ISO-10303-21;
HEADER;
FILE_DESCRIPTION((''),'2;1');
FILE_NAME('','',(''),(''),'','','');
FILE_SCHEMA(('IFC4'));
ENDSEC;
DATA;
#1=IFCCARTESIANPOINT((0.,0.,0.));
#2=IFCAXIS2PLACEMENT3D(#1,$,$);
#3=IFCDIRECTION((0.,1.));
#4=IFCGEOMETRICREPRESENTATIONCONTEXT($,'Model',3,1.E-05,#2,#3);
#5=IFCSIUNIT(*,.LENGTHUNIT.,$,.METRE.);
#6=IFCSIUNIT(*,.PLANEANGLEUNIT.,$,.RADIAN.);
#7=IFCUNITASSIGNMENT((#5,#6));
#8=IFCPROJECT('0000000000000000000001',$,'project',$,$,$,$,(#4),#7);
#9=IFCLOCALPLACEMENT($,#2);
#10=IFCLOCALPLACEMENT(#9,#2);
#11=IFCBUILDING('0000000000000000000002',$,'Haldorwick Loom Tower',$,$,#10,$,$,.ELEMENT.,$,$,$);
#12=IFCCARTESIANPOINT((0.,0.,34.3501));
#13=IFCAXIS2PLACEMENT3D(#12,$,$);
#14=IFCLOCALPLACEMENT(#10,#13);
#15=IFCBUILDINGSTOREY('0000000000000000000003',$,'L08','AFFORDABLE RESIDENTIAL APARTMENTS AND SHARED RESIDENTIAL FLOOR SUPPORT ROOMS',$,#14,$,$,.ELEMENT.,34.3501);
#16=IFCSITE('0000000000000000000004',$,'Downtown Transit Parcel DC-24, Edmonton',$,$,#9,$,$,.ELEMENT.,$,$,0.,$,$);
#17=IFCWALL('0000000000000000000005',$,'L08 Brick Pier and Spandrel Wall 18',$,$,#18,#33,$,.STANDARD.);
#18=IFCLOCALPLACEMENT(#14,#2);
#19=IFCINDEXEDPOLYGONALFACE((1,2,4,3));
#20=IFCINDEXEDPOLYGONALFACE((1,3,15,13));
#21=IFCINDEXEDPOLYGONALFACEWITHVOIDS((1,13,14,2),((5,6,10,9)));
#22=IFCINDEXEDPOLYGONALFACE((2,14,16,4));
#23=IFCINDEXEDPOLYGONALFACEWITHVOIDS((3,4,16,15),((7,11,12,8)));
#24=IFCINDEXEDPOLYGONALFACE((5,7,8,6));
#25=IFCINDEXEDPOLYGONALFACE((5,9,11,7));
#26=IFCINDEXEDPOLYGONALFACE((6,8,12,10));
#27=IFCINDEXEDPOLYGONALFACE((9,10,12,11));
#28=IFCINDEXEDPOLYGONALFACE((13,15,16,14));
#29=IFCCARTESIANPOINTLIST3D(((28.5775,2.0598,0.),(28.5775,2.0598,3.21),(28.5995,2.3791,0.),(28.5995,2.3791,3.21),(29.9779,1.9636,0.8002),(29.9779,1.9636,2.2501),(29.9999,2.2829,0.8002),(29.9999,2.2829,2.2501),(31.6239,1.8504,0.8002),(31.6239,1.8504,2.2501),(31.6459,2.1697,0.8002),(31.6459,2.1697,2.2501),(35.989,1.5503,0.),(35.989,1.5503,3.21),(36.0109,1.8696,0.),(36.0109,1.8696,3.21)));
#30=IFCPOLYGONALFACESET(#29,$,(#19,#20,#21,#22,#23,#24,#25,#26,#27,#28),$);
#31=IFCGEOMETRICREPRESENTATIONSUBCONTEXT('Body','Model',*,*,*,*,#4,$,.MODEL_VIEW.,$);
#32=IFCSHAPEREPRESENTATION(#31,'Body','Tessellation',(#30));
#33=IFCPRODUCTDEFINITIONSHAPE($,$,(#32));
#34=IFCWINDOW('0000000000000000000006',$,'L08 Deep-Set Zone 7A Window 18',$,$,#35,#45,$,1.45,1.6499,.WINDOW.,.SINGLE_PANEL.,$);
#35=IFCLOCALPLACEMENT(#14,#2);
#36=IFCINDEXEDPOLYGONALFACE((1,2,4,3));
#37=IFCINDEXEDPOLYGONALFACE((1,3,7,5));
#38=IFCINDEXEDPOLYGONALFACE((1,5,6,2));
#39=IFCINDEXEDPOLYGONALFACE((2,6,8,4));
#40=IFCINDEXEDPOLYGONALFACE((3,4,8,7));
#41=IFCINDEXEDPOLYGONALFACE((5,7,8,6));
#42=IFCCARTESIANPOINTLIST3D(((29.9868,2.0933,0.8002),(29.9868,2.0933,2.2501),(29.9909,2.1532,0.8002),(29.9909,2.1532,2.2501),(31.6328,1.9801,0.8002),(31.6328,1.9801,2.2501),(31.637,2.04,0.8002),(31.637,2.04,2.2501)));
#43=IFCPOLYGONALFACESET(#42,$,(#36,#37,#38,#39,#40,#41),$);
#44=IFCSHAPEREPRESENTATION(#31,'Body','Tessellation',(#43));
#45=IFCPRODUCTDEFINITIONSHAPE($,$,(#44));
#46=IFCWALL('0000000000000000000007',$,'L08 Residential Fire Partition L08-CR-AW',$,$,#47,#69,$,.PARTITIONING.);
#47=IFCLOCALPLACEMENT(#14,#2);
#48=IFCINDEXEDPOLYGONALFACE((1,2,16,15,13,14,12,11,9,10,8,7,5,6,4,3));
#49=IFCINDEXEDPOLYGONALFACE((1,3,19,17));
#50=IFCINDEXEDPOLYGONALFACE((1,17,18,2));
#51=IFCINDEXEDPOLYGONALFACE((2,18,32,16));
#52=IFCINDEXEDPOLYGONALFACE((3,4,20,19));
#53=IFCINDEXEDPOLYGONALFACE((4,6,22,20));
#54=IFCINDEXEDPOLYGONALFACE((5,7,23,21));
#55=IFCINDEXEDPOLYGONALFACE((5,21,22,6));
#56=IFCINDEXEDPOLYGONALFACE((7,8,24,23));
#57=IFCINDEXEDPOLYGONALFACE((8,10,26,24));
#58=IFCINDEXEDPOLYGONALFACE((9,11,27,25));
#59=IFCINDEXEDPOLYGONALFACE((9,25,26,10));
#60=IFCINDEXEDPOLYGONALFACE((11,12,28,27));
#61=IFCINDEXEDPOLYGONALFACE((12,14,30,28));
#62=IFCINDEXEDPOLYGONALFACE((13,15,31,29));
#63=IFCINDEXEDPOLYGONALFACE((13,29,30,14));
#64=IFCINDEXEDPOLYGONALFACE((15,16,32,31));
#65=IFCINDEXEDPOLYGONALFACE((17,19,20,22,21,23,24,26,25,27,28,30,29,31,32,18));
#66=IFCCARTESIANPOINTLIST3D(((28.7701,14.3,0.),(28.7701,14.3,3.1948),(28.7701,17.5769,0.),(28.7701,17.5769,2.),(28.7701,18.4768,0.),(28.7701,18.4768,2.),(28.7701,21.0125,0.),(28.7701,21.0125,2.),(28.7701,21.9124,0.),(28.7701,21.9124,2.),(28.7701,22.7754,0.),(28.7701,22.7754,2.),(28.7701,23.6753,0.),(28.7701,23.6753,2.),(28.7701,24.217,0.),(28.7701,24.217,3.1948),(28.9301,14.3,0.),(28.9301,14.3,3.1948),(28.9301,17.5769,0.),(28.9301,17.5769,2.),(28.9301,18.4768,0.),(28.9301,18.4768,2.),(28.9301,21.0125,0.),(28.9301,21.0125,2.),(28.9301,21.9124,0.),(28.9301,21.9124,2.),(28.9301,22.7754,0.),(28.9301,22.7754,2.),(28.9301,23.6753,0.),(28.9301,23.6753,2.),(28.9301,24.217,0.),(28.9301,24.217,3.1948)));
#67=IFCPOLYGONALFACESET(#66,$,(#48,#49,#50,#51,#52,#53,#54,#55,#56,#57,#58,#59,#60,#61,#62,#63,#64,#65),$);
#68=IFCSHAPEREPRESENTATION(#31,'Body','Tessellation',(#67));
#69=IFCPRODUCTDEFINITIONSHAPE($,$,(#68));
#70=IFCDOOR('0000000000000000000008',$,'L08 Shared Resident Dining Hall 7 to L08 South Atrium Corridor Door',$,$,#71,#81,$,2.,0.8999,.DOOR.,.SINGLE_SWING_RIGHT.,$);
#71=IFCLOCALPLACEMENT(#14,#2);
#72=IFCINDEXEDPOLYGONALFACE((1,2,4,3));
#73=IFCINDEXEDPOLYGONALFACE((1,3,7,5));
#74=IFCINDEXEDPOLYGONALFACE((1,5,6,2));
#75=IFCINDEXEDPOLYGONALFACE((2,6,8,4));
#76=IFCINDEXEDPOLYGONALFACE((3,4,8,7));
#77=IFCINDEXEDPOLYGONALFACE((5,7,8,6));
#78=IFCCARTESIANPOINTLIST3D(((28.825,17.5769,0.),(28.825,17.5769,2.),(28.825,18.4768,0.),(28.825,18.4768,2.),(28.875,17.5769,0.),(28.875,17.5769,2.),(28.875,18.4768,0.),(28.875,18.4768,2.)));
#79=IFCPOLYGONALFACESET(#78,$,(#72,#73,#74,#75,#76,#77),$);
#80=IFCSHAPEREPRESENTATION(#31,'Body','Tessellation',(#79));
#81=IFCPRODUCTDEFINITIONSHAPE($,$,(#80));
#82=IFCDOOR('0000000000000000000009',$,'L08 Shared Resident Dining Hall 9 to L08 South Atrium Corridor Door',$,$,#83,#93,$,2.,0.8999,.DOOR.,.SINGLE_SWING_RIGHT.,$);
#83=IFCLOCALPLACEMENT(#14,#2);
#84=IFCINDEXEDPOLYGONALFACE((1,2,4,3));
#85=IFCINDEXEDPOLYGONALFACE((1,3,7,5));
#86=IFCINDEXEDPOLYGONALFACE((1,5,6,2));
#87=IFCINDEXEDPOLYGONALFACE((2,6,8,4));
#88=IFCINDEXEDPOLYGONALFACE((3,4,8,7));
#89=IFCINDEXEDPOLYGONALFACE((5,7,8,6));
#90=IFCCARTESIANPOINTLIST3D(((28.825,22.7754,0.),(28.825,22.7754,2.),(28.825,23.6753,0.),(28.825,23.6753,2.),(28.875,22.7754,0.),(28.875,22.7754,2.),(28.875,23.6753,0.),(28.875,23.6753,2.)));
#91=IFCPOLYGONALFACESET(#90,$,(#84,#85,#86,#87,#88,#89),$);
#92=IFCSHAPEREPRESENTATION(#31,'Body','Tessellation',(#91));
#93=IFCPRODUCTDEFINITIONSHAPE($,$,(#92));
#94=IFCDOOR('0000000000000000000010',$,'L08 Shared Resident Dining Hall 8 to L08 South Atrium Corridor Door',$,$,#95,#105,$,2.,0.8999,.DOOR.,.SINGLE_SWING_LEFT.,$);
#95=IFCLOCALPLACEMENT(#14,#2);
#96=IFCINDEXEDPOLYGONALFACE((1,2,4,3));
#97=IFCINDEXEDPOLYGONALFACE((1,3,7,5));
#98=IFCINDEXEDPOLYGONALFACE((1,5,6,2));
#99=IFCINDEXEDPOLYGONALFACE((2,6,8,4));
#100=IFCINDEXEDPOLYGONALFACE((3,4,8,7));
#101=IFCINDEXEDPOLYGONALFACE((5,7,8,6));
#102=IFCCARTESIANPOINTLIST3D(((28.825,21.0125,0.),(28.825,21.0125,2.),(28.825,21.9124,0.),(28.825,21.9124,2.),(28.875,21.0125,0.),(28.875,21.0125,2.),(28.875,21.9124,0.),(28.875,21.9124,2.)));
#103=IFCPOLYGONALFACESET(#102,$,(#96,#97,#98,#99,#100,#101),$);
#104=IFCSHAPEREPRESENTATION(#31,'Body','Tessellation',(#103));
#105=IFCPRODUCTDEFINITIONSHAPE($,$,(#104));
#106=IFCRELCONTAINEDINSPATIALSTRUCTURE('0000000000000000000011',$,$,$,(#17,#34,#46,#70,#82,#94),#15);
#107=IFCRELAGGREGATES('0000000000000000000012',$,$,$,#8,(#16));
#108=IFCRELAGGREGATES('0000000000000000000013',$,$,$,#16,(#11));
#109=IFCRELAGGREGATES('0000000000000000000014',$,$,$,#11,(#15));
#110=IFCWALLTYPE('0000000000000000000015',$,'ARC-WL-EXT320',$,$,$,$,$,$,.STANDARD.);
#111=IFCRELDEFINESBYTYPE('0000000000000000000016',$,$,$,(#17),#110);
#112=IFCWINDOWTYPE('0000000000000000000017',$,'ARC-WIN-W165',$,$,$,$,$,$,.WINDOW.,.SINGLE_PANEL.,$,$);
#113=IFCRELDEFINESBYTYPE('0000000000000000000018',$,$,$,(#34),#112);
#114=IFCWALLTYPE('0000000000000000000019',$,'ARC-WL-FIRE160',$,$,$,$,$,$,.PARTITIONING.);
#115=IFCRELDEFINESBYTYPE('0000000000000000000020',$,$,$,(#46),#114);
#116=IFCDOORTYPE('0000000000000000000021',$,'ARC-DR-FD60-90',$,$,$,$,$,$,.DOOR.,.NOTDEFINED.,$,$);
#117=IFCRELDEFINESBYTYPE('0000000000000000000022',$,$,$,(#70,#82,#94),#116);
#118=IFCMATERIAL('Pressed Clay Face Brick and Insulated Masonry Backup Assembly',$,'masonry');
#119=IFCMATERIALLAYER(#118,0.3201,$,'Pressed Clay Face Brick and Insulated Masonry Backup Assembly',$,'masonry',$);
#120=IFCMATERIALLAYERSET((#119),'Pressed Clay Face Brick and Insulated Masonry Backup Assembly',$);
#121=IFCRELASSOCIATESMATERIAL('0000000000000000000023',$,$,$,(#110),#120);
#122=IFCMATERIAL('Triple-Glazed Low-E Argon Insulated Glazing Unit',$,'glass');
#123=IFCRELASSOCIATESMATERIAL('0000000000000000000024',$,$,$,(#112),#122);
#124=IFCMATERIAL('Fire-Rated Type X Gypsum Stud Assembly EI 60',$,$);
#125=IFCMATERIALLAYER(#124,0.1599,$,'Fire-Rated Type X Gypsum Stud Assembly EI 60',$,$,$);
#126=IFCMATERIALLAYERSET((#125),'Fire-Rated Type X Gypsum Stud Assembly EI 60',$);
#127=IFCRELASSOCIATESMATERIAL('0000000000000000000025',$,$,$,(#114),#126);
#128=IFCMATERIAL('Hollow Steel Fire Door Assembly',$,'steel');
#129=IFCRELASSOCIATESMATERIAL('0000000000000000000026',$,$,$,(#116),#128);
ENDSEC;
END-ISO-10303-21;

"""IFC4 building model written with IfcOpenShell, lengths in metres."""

from ifc_helpers import new_model, si_unit, direction, frame, frame_2d, origin, place, context, subcontext, project, spatial, rectangle, extrude, material, layer, layer_set, type_object, element, fill, save


model = new_model("IFC4")

# Units and contexts
model_context = context("Model", 3, precision=1e-05, world=origin(), true_north=direction((0.0, 1.0)))
body_context = subcontext(model_context, "Body", "Model", "MODEL_VIEW")
ifc_project = project(units=[si_unit("LENGTHUNIT", "METRE"), si_unit("PLANEANGLEUNIT", "RADIAN")], contexts=[model_context])

# Site, building, storey
site_placement = place(None, origin())
site = spatial("IfcSite", under=ifc_project, at=site_placement, Name="Downtown Transit Parcel DC-24, Edmonton", CompositionType="ELEMENT", RefElevation=0.0)
building_placement = place(site_placement, origin())
building = spatial("IfcBuilding", under=site, at=building_placement, Name="Haldorwick Loom Tower", CompositionType="ELEMENT")
storey_placement = place(building_placement, frame((0.0, 0.0, 34.3501)))
storey = spatial("IfcBuildingStorey", under=building, at=storey_placement, Name="L08", Description="AFFORDABLE RESIDENTIAL APARTMENTS AND SHARED RESIDENTIAL FLOOR SUPPORT ROOMS", CompositionType="ELEMENT", Elevation=34.3501)

# Wall, opening, window
ifc_material_1 = material(Name="Pressed Clay Face Brick and Insulated Masonry Backup Assembly", Category="masonry")
ifc_layer_1 = layer(ifc_material_1, 0.3201, Name="Pressed Clay Face Brick and Insulated Masonry Backup Assembly", Category="masonry")
ifc_layer_set_1 = layer_set([ifc_layer_1], Name="Pressed Clay Face Brick and Insulated Masonry Backup Assembly")
wall_type_1 = type_object("IfcWallType", Name="ARC-WL-EXT320", PredefinedType="STANDARD", material=ifc_layer_set_1)
ifc_material_2 = material(Name="Triple-Glazed Low-E Argon Insulated Glazing Unit", Category="glass")
window_type = type_object("IfcWindowType", Name="ARC-WIN-W165", PartitioningType="SINGLE_PANEL", PredefinedType="WINDOW", material=ifc_material_2)
wall_1_placement = place(storey_placement, frame((28.5886, 2.2195, 0.0), z_axis=(0.0, 0.0, 1.0), x_axis=(0.997645, -0.068587, 0.0)))
wall_1 = element("IfcWall", 1, at=wall_1_placement, inside=storey, type_object=wall_type_1, Name="L08 Brick Pier and Spandrel Wall 18", PredefinedType="STANDARD", context=body_context, shape_type="SweptSolid", body=[
    extrude(rectangle(XDim=7.429, YDim=0.3201, at=frame_2d((3.7144, 0.0))), origin(), (0.0, 0.0, 1.0), 3.21),
])
opening_1_placement = place(wall_1_placement, frame((1.4036, 0.0, 0.8)))
opening_1 = element("IfcOpeningElement", 2, at=opening_1_placement, cuts=wall_1, PredefinedType="OPENING", context=body_context, shape_type="SweptSolid", body=[
    extrude(rectangle(XDim=1.6499, YDim=1.45, at=frame_2d((0.825, 0.7251))), frame((0.0, 0.1699, 0.0), z_axis=(0.0, -1.0, 0.0), x_axis=(1.0, 0.0, 0.0)), (0.0, 0.0, 1.0), 0.3401),
])
window_1_placement = place(opening_1_placement, origin())
window_1 = element("IfcWindow", 3, at=window_1_placement, inside=storey, type_object=window_type, Name="L08 Deep-Set Zone 7A Window 18", OverallHeight=1.45, OverallWidth=1.6499, PartitioningType="SINGLE_PANEL", PredefinedType="WINDOW", context=body_context, shape_type="SweptSolid", body=[
    extrude(rectangle(XDim=1.6499, YDim=1.45, at=frame_2d((0.825, 0.7251))), frame((0.0, 0.03, 0.0), z_axis=(0.0, -1.0, 0.0), x_axis=(1.0, 0.0, 0.0)), (0.0, 0.0, 1.0), 0.0601),
])
fill(opening_1, window_1)

# Wall, openings, doors
ifc_material_3 = material(Name="Fire-Rated Type X Gypsum Stud Assembly EI 60")
ifc_layer_2 = layer(ifc_material_3, 0.1599, Name="Fire-Rated Type X Gypsum Stud Assembly EI 60")
ifc_layer_set_2 = layer_set([ifc_layer_2], Name="Fire-Rated Type X Gypsum Stud Assembly EI 60")
wall_type_2 = type_object("IfcWallType", Name="ARC-WL-FIRE160", PredefinedType="PARTITIONING", material=ifc_layer_set_2)
wall_2_placement = place(storey_placement, frame((28.8501, 14.3, 0.0), z_axis=(0.0, 0.0, 1.0), x_axis=(0.0, 1.0, 0.0)))
wall_2 = element("IfcWall", 4, at=wall_2_placement, inside=storey, type_object=wall_type_2, Name="L08 Residential Fire Partition L08-CR-AW", PredefinedType="PARTITIONING", context=body_context, shape_type="SweptSolid", body=[
    extrude(rectangle(XDim=9.917, YDim=0.1599, at=frame_2d((4.9585, 0.0))), origin(), (0.0, 0.0, 1.0), 3.1948),
])
opening_2_placement = place(wall_2_placement, frame((3.2769, 0.0, 0.0)))
opening_2 = element("IfcOpeningElement", 5, at=opening_2_placement, cuts=wall_2, PredefinedType="OPENING", context=body_context, shape_type="SweptSolid", body=[
    extrude(rectangle(XDim=0.8999, YDim=2.0, at=frame_2d((0.45, 1.0))), frame((0.0, 0.0898, 0.0), z_axis=(0.0, -1.0, 0.0), x_axis=(1.0, 0.0, 0.0)), (0.0, 0.0, 1.0), 0.1799),
])
opening_3_placement = place(wall_2_placement, frame((8.4753, 0.0, 0.0)))
opening_3 = element("IfcOpeningElement", 6, at=opening_3_placement, cuts=wall_2, PredefinedType="OPENING", context=body_context, shape_type="SweptSolid", body=[
    extrude(rectangle(XDim=0.8999, YDim=2.0, at=frame_2d((0.45, 1.0))), frame((0.0, 0.0898, 0.0), z_axis=(0.0, -1.0, 0.0), x_axis=(1.0, 0.0, 0.0)), (0.0, 0.0, 1.0), 0.1799),
])
opening_4_placement = place(wall_2_placement, frame((6.7124, 0.0, 0.0)))
opening_4 = element("IfcOpeningElement", 7, at=opening_4_placement, cuts=wall_2, PredefinedType="OPENING", context=body_context, shape_type="SweptSolid", body=[
    extrude(rectangle(XDim=0.8999, YDim=2.0, at=frame_2d((0.45, 1.0))), frame((0.0, 0.0898, 0.0), z_axis=(0.0, -1.0, 0.0), x_axis=(1.0, 0.0, 0.0)), (0.0, 0.0, 1.0), 0.1799),
])
ifc_material_4 = material(Name="Hollow Steel Fire Door Assembly", Category="steel")
door_type_1 = type_object("IfcDoorType", Name="ARC-DR-FD60-90", OperationType="NOTDEFINED", PredefinedType="DOOR", material=ifc_material_4)
door_1_placement = place(opening_2_placement, frame((0.8999, 0.0, 0.0), z_axis=(0.0, 0.0, 1.0), x_axis=(-1.0, 0.0, 0.0)))
door_1 = element("IfcDoor", 8, at=door_1_placement, inside=storey, type_object=door_type_1, Name="L08 Shared Resident Dining Hall 7 to L08 South Atrium Corridor Door", OperationType="SINGLE_SWING_RIGHT", OverallHeight=2.0, OverallWidth=0.8999, PredefinedType="DOOR", context=body_context, shape_type="SweptSolid", body=[
    extrude(rectangle(XDim=0.8999, YDim=2.0, at=frame_2d((0.45, 1.0))), frame((0.0, 0.0249, 0.0), z_axis=(0.0, -1.0, 0.0), x_axis=(1.0, 0.0, 0.0)), (0.0, 0.0, 1.0), 0.05),
])
fill(opening_2, door_1)
door_2_placement = place(opening_3_placement, frame((0.8999, 0.0, 0.0), z_axis=(0.0, 0.0, 1.0), x_axis=(-1.0, 0.0, 0.0)))
door_2 = element("IfcDoor", 9, at=door_2_placement, inside=storey, type_object=door_type_1, Name="L08 Shared Resident Dining Hall 9 to L08 South Atrium Corridor Door", OperationType="SINGLE_SWING_RIGHT", OverallHeight=2.0, OverallWidth=0.8999, PredefinedType="DOOR", context=body_context, shape_type="SweptSolid", body=[
    extrude(rectangle(XDim=0.8999, YDim=2.0, at=frame_2d((0.45, 1.0))), frame((0.0, 0.0249, 0.0), z_axis=(0.0, -1.0, 0.0), x_axis=(1.0, 0.0, 0.0)), (0.0, 0.0, 1.0), 0.05),
])
fill(opening_3, door_2)
door_3_placement = place(opening_4_placement, frame((0.8999, 0.0, 0.0), z_axis=(0.0, 0.0, 1.0), x_axis=(-1.0, 0.0, 0.0)))
door_3 = element("IfcDoor", 10, at=door_3_placement, inside=storey, type_object=door_type_1, Name="L08 Shared Resident Dining Hall 8 to L08 South Atrium Corridor Door", OperationType="SINGLE_SWING_LEFT", OverallHeight=2.0, OverallWidth=0.8999, PredefinedType="DOOR", context=body_context, shape_type="SweptSolid", body=[
    extrude(rectangle(XDim=0.8999, YDim=2.0, at=frame_2d((0.45, 1.0))), frame((0.0, 0.0249, 0.0), z_axis=(0.0, -1.0, 0.0), x_axis=(1.0, 0.0, 0.0)), (0.0, 0.0, 1.0), 0.05),
])
fill(opening_4, door_3)

save(model, "model.ifc")
